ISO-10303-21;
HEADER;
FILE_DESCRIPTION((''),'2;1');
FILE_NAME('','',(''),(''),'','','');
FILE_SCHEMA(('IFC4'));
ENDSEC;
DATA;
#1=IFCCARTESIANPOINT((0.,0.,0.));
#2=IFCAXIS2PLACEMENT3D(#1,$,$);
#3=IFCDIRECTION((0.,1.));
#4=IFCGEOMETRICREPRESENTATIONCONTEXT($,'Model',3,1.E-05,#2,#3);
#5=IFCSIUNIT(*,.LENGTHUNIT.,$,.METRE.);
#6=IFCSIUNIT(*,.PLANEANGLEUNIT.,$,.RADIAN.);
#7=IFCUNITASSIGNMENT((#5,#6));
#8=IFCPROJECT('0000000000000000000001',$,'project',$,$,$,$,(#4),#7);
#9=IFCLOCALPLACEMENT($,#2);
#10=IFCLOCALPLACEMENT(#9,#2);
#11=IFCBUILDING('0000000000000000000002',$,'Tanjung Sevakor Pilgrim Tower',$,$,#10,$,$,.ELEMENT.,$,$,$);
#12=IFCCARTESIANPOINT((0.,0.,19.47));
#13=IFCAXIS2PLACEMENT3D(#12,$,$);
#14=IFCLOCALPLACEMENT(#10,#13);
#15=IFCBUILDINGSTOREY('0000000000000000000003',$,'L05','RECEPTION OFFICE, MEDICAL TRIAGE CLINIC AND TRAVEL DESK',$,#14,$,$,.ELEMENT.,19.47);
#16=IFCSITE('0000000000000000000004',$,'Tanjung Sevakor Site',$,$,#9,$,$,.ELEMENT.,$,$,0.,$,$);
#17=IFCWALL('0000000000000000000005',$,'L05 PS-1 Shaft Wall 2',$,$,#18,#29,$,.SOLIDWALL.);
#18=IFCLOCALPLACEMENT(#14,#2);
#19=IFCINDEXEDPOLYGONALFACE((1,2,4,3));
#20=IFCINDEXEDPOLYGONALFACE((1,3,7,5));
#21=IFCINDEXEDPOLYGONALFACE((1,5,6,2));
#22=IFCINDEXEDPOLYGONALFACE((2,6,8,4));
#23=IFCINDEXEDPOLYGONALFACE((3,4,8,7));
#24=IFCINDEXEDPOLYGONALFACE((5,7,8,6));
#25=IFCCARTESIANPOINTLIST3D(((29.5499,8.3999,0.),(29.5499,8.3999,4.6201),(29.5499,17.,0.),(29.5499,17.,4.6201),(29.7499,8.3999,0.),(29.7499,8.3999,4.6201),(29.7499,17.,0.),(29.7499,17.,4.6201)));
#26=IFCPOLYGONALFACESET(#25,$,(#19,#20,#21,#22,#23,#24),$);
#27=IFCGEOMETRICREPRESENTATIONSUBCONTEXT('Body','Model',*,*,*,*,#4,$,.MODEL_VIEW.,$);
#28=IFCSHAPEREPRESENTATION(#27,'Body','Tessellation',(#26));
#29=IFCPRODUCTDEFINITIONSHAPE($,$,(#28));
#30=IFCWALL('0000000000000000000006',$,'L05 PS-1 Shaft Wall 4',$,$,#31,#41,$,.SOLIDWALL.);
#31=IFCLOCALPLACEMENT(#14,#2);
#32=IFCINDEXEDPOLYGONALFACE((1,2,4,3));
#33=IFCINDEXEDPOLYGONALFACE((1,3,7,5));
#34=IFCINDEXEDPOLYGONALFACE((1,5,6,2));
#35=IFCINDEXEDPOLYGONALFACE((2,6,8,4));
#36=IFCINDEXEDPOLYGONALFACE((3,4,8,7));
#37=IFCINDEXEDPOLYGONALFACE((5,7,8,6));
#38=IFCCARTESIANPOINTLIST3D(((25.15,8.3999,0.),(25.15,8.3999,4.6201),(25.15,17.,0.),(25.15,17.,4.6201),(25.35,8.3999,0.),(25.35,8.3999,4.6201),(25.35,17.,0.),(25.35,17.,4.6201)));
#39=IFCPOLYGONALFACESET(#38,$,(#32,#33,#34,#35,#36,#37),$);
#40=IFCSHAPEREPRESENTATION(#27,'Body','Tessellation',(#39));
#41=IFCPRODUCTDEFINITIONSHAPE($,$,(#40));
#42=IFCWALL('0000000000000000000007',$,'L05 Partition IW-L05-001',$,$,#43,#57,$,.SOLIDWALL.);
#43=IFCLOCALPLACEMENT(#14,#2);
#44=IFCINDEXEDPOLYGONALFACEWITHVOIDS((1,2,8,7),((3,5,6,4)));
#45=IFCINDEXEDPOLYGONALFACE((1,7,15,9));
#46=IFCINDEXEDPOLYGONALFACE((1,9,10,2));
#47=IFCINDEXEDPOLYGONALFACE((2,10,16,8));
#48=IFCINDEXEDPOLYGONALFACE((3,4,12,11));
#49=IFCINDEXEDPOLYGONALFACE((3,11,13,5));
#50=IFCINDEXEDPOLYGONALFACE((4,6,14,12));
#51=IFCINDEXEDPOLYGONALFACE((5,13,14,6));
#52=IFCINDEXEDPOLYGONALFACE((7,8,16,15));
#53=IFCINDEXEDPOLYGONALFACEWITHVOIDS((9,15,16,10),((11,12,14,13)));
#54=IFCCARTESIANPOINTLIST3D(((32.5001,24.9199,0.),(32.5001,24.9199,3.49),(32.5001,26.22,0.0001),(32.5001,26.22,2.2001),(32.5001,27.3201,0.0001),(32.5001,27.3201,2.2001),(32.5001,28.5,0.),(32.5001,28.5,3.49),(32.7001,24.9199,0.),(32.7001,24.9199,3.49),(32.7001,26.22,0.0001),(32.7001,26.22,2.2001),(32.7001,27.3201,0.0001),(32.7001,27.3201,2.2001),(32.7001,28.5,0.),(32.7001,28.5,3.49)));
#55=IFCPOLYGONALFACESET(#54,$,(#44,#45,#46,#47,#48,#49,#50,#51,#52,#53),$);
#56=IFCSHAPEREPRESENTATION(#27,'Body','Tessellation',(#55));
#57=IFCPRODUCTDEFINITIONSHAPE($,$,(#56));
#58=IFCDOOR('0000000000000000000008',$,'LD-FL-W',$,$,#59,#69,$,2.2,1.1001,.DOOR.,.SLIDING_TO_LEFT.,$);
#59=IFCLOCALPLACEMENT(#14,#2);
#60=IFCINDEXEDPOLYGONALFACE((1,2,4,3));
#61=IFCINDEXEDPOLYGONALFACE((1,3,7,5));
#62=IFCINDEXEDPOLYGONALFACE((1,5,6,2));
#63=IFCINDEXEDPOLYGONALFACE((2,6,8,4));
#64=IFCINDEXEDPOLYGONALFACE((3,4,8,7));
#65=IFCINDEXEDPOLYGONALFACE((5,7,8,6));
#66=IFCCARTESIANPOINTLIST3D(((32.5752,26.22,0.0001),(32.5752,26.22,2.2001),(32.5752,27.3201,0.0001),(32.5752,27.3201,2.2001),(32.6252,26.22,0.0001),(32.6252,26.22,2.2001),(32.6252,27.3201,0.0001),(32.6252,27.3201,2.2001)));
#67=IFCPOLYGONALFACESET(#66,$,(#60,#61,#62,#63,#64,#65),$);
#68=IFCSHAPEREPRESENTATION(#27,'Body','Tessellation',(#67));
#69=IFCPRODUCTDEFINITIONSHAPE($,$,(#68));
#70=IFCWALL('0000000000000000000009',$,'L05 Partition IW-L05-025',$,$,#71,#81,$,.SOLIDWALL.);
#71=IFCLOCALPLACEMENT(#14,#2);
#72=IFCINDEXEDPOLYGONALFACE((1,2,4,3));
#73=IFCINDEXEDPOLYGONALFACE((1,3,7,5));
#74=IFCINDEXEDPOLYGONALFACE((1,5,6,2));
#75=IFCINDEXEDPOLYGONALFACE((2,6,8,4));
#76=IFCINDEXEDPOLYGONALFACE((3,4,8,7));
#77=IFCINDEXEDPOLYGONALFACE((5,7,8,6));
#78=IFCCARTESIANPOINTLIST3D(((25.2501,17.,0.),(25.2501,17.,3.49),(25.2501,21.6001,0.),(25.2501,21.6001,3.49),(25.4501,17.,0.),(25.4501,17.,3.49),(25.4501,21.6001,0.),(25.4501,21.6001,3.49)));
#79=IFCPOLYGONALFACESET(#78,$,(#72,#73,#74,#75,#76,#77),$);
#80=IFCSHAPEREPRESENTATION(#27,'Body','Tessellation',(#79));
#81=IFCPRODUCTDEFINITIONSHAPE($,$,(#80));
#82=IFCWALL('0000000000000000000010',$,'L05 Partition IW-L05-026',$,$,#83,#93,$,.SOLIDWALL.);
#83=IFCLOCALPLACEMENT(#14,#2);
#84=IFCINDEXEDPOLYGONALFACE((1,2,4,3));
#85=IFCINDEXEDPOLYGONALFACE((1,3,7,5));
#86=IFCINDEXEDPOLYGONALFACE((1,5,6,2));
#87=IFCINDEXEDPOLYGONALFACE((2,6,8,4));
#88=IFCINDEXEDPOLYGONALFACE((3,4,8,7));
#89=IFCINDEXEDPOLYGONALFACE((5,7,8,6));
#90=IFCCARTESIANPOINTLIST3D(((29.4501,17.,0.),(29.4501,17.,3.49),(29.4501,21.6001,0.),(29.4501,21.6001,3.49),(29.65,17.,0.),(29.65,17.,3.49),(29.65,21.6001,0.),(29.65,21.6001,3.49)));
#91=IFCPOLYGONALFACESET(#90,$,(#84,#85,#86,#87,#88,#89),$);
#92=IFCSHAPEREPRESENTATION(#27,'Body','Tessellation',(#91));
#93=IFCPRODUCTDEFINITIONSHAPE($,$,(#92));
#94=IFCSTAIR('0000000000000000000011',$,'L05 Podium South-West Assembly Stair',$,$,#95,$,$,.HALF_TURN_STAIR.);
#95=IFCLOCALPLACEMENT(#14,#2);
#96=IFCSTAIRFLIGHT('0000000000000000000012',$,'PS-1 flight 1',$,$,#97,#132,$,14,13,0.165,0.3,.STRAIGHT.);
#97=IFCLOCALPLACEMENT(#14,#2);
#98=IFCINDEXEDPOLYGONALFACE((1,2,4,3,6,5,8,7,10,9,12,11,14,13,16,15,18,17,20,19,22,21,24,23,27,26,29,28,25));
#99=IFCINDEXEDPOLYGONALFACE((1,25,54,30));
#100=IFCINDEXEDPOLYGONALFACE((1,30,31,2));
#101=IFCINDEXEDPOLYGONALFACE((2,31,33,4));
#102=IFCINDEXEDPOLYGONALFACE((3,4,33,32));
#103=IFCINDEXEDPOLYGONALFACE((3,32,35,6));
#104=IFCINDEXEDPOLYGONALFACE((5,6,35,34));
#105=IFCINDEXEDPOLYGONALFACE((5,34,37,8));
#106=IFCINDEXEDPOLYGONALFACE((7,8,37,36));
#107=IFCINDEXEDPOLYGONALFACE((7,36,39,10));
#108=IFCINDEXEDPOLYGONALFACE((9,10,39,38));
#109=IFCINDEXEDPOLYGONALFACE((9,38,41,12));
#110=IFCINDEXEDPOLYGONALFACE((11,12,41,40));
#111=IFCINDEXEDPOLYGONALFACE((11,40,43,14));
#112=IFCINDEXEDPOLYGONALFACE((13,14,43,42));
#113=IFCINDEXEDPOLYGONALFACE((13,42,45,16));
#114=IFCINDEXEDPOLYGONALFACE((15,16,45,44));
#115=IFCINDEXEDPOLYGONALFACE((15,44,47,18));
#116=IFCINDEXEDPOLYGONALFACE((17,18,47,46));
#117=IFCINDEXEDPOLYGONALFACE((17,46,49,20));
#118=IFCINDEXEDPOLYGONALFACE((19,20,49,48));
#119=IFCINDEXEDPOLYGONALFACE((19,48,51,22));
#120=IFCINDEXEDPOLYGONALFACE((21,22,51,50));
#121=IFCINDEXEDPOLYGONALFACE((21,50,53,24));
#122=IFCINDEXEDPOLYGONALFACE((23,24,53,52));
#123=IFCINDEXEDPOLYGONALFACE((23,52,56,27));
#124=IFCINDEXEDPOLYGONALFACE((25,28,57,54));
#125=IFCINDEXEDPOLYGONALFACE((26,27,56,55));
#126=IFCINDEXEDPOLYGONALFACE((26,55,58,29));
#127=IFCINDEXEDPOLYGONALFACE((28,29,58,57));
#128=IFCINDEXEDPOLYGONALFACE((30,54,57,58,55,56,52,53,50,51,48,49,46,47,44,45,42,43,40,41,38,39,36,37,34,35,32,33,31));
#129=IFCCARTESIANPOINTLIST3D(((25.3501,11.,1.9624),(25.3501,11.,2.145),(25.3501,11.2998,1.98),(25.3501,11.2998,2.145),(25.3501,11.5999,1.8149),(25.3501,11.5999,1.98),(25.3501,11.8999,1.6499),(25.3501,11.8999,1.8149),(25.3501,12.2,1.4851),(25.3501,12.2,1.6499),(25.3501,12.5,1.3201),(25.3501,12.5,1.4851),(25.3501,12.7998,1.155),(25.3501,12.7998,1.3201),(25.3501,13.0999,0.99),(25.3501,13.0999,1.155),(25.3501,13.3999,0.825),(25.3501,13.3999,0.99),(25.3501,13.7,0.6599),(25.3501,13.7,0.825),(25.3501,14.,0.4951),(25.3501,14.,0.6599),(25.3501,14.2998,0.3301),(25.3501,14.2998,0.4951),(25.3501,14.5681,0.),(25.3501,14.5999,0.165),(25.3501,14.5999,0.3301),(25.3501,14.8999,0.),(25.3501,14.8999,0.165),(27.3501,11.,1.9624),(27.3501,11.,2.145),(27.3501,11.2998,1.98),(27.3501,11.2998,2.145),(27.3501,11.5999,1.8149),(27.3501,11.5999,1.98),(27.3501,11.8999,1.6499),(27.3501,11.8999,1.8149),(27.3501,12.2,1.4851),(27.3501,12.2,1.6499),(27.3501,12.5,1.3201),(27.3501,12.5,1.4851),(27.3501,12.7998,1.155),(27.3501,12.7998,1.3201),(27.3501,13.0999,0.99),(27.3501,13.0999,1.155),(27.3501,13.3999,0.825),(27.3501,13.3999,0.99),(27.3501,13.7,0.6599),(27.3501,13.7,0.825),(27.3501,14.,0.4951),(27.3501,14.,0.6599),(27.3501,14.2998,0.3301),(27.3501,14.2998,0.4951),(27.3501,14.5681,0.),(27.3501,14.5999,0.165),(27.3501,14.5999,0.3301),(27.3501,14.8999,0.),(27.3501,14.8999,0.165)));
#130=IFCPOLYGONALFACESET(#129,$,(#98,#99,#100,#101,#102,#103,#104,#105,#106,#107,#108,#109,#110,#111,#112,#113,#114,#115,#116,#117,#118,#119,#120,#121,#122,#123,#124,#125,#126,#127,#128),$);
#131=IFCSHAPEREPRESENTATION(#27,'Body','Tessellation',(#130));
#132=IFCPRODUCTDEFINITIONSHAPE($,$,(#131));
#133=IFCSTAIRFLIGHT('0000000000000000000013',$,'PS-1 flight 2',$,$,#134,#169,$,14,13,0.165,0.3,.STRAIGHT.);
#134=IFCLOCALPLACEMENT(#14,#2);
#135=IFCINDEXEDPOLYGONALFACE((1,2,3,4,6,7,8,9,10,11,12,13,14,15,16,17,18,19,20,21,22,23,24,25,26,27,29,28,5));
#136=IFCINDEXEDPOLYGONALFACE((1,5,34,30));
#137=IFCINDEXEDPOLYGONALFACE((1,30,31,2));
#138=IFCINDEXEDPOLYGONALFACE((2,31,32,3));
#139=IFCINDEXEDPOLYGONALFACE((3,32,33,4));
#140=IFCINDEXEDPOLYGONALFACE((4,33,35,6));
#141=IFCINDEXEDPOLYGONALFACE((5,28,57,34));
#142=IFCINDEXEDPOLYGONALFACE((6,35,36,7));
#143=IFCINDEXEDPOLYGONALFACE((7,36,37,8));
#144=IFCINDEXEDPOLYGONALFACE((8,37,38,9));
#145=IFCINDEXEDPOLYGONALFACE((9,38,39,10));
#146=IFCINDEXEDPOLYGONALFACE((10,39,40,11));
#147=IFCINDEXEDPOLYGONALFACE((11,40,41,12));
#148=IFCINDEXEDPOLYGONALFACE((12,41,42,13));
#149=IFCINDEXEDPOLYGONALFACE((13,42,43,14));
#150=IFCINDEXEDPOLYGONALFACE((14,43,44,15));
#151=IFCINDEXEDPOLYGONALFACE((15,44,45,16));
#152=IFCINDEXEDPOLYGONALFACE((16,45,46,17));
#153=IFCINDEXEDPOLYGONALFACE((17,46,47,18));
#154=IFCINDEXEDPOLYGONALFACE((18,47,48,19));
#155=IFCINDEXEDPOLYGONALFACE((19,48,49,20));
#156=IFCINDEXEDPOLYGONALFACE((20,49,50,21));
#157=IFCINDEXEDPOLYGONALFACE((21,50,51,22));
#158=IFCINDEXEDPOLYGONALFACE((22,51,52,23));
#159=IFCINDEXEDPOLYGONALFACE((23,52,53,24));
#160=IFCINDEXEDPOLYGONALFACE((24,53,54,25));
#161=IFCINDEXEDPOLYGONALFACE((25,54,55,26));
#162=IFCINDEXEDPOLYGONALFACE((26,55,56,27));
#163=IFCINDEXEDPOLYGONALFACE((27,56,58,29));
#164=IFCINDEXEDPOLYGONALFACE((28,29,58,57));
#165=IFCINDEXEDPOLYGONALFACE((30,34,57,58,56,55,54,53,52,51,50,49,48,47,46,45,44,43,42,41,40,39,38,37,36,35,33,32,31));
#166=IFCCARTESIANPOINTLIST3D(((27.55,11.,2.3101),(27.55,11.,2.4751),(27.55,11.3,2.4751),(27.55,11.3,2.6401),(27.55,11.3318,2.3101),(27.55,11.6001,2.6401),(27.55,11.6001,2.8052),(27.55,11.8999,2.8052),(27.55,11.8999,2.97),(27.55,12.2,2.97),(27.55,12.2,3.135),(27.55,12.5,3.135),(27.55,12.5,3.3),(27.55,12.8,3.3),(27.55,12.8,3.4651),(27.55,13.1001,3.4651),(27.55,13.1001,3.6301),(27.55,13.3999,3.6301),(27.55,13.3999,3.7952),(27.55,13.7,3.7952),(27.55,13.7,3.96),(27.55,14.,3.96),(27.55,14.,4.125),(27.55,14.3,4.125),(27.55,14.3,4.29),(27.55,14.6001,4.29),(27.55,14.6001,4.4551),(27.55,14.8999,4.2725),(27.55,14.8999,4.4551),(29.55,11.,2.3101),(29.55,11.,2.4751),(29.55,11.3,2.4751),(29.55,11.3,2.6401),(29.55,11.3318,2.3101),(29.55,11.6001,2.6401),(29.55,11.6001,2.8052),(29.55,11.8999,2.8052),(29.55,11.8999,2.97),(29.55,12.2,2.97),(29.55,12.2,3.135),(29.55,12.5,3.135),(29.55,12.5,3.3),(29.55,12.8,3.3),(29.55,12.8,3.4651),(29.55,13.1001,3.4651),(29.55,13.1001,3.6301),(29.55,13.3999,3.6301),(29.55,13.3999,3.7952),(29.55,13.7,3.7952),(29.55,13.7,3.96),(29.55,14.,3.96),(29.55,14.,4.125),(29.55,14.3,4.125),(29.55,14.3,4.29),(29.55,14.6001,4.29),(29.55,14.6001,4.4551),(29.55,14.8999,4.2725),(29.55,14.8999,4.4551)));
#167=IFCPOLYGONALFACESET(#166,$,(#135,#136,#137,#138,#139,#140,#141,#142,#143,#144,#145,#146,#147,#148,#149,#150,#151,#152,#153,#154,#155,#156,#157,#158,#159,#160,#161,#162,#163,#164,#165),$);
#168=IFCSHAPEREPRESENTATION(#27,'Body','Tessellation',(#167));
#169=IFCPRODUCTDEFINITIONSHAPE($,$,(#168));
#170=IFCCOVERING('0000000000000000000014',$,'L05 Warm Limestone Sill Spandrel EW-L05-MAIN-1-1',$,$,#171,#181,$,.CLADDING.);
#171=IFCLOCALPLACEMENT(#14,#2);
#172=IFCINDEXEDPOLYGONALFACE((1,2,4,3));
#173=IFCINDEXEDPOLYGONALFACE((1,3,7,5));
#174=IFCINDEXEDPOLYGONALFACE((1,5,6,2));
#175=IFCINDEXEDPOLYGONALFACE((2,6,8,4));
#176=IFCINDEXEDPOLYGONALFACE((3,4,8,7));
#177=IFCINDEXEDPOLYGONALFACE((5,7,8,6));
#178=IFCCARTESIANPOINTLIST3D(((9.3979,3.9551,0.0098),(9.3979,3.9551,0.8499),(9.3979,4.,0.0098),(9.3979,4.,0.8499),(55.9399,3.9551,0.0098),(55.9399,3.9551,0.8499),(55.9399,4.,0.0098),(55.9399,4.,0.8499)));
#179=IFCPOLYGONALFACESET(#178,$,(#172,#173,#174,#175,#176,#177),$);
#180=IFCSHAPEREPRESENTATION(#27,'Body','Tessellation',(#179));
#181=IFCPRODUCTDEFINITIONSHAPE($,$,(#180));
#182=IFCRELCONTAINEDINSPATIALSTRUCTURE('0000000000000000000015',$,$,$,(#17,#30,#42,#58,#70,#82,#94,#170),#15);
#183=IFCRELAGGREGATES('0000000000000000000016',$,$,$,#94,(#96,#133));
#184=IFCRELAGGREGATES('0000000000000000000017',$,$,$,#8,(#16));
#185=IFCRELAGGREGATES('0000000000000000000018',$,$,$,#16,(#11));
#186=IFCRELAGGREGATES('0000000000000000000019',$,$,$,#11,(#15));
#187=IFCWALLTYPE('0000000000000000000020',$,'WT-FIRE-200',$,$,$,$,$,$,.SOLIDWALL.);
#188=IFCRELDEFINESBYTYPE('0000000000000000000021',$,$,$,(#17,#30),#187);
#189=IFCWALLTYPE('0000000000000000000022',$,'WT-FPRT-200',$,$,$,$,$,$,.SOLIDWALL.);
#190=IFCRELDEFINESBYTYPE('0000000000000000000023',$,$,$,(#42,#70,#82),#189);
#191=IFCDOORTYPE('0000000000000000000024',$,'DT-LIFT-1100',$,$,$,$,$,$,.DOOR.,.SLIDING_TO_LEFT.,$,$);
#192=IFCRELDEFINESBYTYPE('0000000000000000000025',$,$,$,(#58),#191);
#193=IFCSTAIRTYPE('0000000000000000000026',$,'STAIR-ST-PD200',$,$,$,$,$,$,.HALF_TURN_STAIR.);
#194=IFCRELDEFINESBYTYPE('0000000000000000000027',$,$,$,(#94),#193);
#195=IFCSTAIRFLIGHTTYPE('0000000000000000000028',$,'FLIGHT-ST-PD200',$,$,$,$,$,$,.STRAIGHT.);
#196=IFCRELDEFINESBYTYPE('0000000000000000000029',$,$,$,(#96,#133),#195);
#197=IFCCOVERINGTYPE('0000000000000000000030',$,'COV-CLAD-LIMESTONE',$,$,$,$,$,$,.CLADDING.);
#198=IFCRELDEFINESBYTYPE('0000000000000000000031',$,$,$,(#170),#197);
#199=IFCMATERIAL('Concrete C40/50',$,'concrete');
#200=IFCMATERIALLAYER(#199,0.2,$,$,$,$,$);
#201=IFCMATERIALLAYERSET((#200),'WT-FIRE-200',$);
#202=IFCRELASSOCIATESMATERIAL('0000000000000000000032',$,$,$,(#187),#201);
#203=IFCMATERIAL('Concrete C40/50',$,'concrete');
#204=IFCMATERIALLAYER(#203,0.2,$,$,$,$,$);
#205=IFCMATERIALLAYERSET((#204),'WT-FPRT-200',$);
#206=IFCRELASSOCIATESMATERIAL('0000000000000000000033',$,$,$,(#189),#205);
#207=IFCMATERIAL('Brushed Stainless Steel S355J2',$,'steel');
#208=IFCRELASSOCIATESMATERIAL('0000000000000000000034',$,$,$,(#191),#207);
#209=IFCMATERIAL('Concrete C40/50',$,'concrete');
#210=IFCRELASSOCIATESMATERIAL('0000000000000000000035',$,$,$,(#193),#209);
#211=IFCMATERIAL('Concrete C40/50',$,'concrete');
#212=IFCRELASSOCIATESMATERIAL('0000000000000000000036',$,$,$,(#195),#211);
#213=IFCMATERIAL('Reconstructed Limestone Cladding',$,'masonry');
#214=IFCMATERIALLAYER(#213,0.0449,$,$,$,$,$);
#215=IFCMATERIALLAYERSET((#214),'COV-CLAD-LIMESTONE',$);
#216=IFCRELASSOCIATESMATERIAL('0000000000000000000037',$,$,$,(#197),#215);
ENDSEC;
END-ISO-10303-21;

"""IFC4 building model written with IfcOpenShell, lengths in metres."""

from ifc_helpers import new_model, si_unit, direction, frame, frame_2d, origin, origin_2d, place, context, subcontext, project, spatial, polyline, rectangle, outline, extrude, material, layer, layer_set, type_object, element, fill, aggregate, save


model = new_model("IFC4")

# Units and contexts
model_context = context("Model", 3, precision=1e-05, world=origin(), true_north=direction((0.0, 1.0)))
body_context = subcontext(model_context, "Body", "Model", "MODEL_VIEW")
ifc_project = project(units=[si_unit("LENGTHUNIT", "METRE"), si_unit("PLANEANGLEUNIT", "RADIAN")], contexts=[model_context])

# Site, building, storey
site_placement = place(None, origin())
site = spatial("IfcSite", under=ifc_project, at=site_placement, Name="Tanjung Sevakor Site", CompositionType="ELEMENT", RefElevation=0.0)
building_placement = place(site_placement, origin())
building = spatial("IfcBuilding", under=site, at=building_placement, Name="Tanjung Sevakor Pilgrim Tower", CompositionType="ELEMENT")
storey_placement = place(building_placement, frame((0.0, 0.0, 19.47)))
storey = spatial("IfcBuildingStorey", under=building, at=storey_placement, Name="L05", Description="RECEPTION OFFICE, MEDICAL TRIAGE CLINIC AND TRAVEL DESK", CompositionType="ELEMENT", Elevation=19.47)

# Wall
ifc_material_1 = material(Name="Concrete C40/50", Category="concrete")
ifc_layer_1 = layer(ifc_material_1, 0.2)
ifc_layer_set_1 = layer_set([ifc_layer_1], Name="WT-FIRE-200")
wall_type_1 = type_object("IfcWallType", Name="WT-FIRE-200", PredefinedType="SOLIDWALL", material=ifc_layer_set_1)
wall_1_placement = place(storey_placement, frame((29.6499, 8.3999, 0.0), z_axis=(0.0, 0.0, 1.0), x_axis=(0.0, 1.0, 0.0)))
element("IfcWall", 1, at=wall_1_placement, inside=storey, type_object=wall_type_1, Name="L05 PS-1 Shaft Wall 2", PredefinedType="SOLIDWALL", context=body_context, shape_type="SweptSolid", body=[
    extrude(rectangle(XDim=8.6001, YDim=0.2, at=frame_2d((4.3, 0.0))), origin(), (0.0, 0.0, 1.0), 4.6201),
])

# Wall
wall_2_placement = place(storey_placement, frame((25.25, 17.0, 0.0), z_axis=(0.0, 0.0, 1.0), x_axis=(0.0, -1.0, 0.0)))
element("IfcWall", 2, at=wall_2_placement, inside=storey, type_object=wall_type_1, Name="L05 PS-1 Shaft Wall 4", PredefinedType="SOLIDWALL", context=body_context, shape_type="SweptSolid", body=[
    extrude(rectangle(XDim=8.6001, YDim=0.2, at=frame_2d((4.3, 0.0))), origin(), (0.0, 0.0, 1.0), 4.6201),
])

# Wall, opening, door
ifc_material_2 = material(Name="Concrete C40/50", Category="concrete")
ifc_layer_2 = layer(ifc_material_2, 0.2)
ifc_layer_set_2 = layer_set([ifc_layer_2], Name="WT-FPRT-200")
wall_type_2 = type_object("IfcWallType", Name="WT-FPRT-200", PredefinedType="SOLIDWALL", material=ifc_layer_set_2)
wall_3_placement = place(storey_placement, frame((32.6001, 24.9199, 0.0), z_axis=(0.0, 0.0, 1.0), x_axis=(0.0, 1.0, 0.0)))
wall_3 = element("IfcWall", 3, at=wall_3_placement, inside=storey, type_object=wall_type_2, Name="L05 Partition IW-L05-001", PredefinedType="SOLIDWALL", context=body_context, shape_type="SweptSolid", body=[
    extrude(rectangle(XDim=3.5801, YDim=0.2, at=frame_2d((1.79, 0.0))), origin(), (0.0, 0.0, 1.0), 3.49),
])
opening_1_placement = place(wall_3_placement, frame((1.3, 0.0, 0.0)))
opening_1 = element("IfcOpeningElement", 4, at=opening_1_placement, cuts=wall_3, PredefinedType="OPENING", context=body_context, shape_type="SweptSolid", body=[
    extrude(rectangle(XDim=1.1001, YDim=2.2, at=frame_2d((0.55, 1.1001))), frame((0.0, 0.1099, 0.0), z_axis=(0.0, -1.0, 0.0), x_axis=(1.0, 0.0, 0.0)), (0.0, 0.0, 1.0), 0.22),
])
ifc_material_3 = material(Name="Brushed Stainless Steel S355J2", Category="steel")
door_type_1 = type_object("IfcDoorType", Name="DT-LIFT-1100", OperationType="SLIDING_TO_LEFT", PredefinedType="DOOR", material=ifc_material_3)
door_1_placement = place(opening_1_placement, origin())
door_1 = element("IfcDoor", 5, at=door_1_placement, inside=storey, type_object=door_type_1, Name="LD-FL-W", OperationType="SLIDING_TO_LEFT", OverallHeight=2.2, OverallWidth=1.1001, PredefinedType="DOOR", context=body_context, shape_type="SweptSolid", body=[
    extrude(rectangle(XDim=1.1001, YDim=2.2, at=frame_2d((0.55, 1.1001))), frame((0.0, 0.0249, 0.0), z_axis=(0.0, -1.0, 0.0), x_axis=(1.0, 0.0, 0.0)), (0.0, 0.0, 1.0), 0.05),
])
fill(opening_1, door_1)

# Walls
for number, where, z_axis, x_axis, name in (
    (6, (25.3501, 17.0, 0.0), (0.0, 0.0, 1.0), (0.0, 1.0, 0.0), "L05 Partition IW-L05-025"),
    (7, (29.55, 17.0, 0.0), (0.0, 0.0, 1.0), (0.0, 1.0, 0.0), "L05 Partition IW-L05-026"),
):
    element("IfcWall", number, at=place(storey_placement, frame(where, z_axis=z_axis, x_axis=x_axis)), inside=storey, type_object=wall_type_2, Name=name, PredefinedType="SOLIDWALL", context=body_context, shape_type="SweptSolid", body=[
        extrude(rectangle(XDim=4.6001, YDim=0.2, at=frame_2d((2.3, 0.0))), origin(), (0.0, 0.0, 1.0), 3.49),
    ])

# Stair, stair flights
ifc_material_4 = material(Name="Concrete C40/50", Category="concrete")
stair_type = type_object("IfcStairType", Name="STAIR-ST-PD200", PredefinedType="HALF_TURN_STAIR", material=ifc_material_4)
stair_placement = place(storey_placement, origin())
stair = element("IfcStair", 8, at=stair_placement, inside=storey, type_object=stair_type, Name="L05 Podium South-West Assembly Stair", PredefinedType="HALF_TURN_STAIR")
ifc_material_5 = material(Name="Concrete C40/50", Category="concrete")
stair_flight_type = type_object("IfcStairFlightType", Name="FLIGHT-ST-PD200", PredefinedType="STRAIGHT", material=ifc_material_5)
stair_flight_1_placement = place(storey_placement, frame((26.3501, 14.8999, 0.0), z_axis=(0.0, 0.0, 1.0), x_axis=(0.0, -1.0, 0.0)))
stair_flight_1 = element("IfcStairFlight", 9, at=stair_flight_1_placement, type_object=stair_flight_type, Name="PS-1 flight 1", NumberOfRisers=14, NumberOfTreads=13, PredefinedType="STRAIGHT", RiserHeight=0.165, TreadLength=0.3, context=body_context, shape_type="SweptSolid", body=[
    extrude(outline(polyline([(0.0, 0.0), (0.0, 0.165), (0.3, 0.165), (0.3, 0.3301), (0.6001, 0.3301), (0.6001, 0.4951), (0.8999, 0.4951), (0.8999, 0.6599), (1.2, 0.6599), (1.2, 0.825), (1.5, 0.825), (1.5, 0.99), (1.8, 0.99), (1.8, 1.155), (2.1001, 1.155), (2.1001, 1.3201), (2.3999, 1.3201), (2.3999, 1.4851), (2.7, 1.4851), (2.7, 1.6499), (3.0, 1.6499), (3.0, 1.8149), (3.3, 1.8149), (3.3, 1.98), (3.6001, 1.98), (3.6001, 2.145), (3.8999, 2.145), (3.8999, 2.3101), (3.8999, 1.9624), (0.3318, 0.0), (0.0, 0.0)])), frame((0.0, 1.0, 0.0), z_axis=(0.0, -1.0, 0.0), x_axis=(1.0, 0.0, 0.0)), (0.0, 0.0, 1.0), 2.0),
])
stair_flight_2_placement = place(storey_placement, frame((28.55, 11.0, 2.3101), z_axis=(0.0, 0.0, 1.0), x_axis=(0.0, 1.0, 0.0)))
stair_flight_2 = element("IfcStairFlight", 10, at=stair_flight_2_placement, type_object=stair_flight_type, Name="PS-1 flight 2", NumberOfRisers=14, NumberOfTreads=13, PredefinedType="STRAIGHT", RiserHeight=0.165, TreadLength=0.3, context=body_context, shape_type="SweptSolid", body=[
    extrude(outline(polyline([(0.0, 0.0), (0.0, 0.165), (0.3, 0.165), (0.3, 0.3301), (0.6001, 0.3301), (0.6001, 0.4951), (0.8999, 0.4951), (0.8999, 0.6599), (1.2, 0.6599), (1.2, 0.825), (1.5, 0.825), (1.5, 0.99), (1.8, 0.99), (1.8, 1.155), (2.1001, 1.155), (2.1001, 1.3201), (2.3999, 1.3201), (2.3999, 1.4851), (2.7, 1.4851), (2.7, 1.6499), (3.0, 1.6499), (3.0, 1.8149), (3.3, 1.8149), (3.3, 1.98), (3.6001, 1.98), (3.6001, 2.145), (3.8999, 2.145), (3.8999, 2.3101), (3.8999, 1.9624), (0.3318, 0.0), (0.0, 0.0)])), frame((0.0, 1.0, 0.0), z_axis=(0.0, -1.0, 0.0), x_axis=(1.0, 0.0, 0.0)), (0.0, 0.0, 1.0), 2.0),
])
aggregate(stair, [stair_flight_1, stair_flight_2])

# Covering
ifc_material_6 = material(Name="Reconstructed Limestone Cladding", Category="masonry")
ifc_layer_3 = layer(ifc_material_6, 0.0449)
ifc_layer_set_3 = layer_set([ifc_layer_3], Name="COV-CLAD-LIMESTONE")
covering_type = type_object("IfcCoveringType", Name="COV-CLAD-LIMESTONE", PredefinedType="CLADDING", material=ifc_layer_set_3)
covering_placement = place(storey_placement, frame((32.6689, 3.9775, 0.0098), z_axis=(0.0, 0.0, 1.0), x_axis=(1.0, 0.0, 0.0)))
element("IfcCovering", 11, at=covering_placement, inside=storey, type_object=covering_type, Name="L05 Warm Limestone Sill Spandrel EW-L05-MAIN-1-1", PredefinedType="CLADDING", context=body_context, shape_type="SweptSolid", body=[
    extrude(rectangle(XDim=46.542, YDim=0.0449, at=origin_2d()), origin(), (0.0, 0.0, 1.0), 0.8401),
])

save(model, "model.ifc")
